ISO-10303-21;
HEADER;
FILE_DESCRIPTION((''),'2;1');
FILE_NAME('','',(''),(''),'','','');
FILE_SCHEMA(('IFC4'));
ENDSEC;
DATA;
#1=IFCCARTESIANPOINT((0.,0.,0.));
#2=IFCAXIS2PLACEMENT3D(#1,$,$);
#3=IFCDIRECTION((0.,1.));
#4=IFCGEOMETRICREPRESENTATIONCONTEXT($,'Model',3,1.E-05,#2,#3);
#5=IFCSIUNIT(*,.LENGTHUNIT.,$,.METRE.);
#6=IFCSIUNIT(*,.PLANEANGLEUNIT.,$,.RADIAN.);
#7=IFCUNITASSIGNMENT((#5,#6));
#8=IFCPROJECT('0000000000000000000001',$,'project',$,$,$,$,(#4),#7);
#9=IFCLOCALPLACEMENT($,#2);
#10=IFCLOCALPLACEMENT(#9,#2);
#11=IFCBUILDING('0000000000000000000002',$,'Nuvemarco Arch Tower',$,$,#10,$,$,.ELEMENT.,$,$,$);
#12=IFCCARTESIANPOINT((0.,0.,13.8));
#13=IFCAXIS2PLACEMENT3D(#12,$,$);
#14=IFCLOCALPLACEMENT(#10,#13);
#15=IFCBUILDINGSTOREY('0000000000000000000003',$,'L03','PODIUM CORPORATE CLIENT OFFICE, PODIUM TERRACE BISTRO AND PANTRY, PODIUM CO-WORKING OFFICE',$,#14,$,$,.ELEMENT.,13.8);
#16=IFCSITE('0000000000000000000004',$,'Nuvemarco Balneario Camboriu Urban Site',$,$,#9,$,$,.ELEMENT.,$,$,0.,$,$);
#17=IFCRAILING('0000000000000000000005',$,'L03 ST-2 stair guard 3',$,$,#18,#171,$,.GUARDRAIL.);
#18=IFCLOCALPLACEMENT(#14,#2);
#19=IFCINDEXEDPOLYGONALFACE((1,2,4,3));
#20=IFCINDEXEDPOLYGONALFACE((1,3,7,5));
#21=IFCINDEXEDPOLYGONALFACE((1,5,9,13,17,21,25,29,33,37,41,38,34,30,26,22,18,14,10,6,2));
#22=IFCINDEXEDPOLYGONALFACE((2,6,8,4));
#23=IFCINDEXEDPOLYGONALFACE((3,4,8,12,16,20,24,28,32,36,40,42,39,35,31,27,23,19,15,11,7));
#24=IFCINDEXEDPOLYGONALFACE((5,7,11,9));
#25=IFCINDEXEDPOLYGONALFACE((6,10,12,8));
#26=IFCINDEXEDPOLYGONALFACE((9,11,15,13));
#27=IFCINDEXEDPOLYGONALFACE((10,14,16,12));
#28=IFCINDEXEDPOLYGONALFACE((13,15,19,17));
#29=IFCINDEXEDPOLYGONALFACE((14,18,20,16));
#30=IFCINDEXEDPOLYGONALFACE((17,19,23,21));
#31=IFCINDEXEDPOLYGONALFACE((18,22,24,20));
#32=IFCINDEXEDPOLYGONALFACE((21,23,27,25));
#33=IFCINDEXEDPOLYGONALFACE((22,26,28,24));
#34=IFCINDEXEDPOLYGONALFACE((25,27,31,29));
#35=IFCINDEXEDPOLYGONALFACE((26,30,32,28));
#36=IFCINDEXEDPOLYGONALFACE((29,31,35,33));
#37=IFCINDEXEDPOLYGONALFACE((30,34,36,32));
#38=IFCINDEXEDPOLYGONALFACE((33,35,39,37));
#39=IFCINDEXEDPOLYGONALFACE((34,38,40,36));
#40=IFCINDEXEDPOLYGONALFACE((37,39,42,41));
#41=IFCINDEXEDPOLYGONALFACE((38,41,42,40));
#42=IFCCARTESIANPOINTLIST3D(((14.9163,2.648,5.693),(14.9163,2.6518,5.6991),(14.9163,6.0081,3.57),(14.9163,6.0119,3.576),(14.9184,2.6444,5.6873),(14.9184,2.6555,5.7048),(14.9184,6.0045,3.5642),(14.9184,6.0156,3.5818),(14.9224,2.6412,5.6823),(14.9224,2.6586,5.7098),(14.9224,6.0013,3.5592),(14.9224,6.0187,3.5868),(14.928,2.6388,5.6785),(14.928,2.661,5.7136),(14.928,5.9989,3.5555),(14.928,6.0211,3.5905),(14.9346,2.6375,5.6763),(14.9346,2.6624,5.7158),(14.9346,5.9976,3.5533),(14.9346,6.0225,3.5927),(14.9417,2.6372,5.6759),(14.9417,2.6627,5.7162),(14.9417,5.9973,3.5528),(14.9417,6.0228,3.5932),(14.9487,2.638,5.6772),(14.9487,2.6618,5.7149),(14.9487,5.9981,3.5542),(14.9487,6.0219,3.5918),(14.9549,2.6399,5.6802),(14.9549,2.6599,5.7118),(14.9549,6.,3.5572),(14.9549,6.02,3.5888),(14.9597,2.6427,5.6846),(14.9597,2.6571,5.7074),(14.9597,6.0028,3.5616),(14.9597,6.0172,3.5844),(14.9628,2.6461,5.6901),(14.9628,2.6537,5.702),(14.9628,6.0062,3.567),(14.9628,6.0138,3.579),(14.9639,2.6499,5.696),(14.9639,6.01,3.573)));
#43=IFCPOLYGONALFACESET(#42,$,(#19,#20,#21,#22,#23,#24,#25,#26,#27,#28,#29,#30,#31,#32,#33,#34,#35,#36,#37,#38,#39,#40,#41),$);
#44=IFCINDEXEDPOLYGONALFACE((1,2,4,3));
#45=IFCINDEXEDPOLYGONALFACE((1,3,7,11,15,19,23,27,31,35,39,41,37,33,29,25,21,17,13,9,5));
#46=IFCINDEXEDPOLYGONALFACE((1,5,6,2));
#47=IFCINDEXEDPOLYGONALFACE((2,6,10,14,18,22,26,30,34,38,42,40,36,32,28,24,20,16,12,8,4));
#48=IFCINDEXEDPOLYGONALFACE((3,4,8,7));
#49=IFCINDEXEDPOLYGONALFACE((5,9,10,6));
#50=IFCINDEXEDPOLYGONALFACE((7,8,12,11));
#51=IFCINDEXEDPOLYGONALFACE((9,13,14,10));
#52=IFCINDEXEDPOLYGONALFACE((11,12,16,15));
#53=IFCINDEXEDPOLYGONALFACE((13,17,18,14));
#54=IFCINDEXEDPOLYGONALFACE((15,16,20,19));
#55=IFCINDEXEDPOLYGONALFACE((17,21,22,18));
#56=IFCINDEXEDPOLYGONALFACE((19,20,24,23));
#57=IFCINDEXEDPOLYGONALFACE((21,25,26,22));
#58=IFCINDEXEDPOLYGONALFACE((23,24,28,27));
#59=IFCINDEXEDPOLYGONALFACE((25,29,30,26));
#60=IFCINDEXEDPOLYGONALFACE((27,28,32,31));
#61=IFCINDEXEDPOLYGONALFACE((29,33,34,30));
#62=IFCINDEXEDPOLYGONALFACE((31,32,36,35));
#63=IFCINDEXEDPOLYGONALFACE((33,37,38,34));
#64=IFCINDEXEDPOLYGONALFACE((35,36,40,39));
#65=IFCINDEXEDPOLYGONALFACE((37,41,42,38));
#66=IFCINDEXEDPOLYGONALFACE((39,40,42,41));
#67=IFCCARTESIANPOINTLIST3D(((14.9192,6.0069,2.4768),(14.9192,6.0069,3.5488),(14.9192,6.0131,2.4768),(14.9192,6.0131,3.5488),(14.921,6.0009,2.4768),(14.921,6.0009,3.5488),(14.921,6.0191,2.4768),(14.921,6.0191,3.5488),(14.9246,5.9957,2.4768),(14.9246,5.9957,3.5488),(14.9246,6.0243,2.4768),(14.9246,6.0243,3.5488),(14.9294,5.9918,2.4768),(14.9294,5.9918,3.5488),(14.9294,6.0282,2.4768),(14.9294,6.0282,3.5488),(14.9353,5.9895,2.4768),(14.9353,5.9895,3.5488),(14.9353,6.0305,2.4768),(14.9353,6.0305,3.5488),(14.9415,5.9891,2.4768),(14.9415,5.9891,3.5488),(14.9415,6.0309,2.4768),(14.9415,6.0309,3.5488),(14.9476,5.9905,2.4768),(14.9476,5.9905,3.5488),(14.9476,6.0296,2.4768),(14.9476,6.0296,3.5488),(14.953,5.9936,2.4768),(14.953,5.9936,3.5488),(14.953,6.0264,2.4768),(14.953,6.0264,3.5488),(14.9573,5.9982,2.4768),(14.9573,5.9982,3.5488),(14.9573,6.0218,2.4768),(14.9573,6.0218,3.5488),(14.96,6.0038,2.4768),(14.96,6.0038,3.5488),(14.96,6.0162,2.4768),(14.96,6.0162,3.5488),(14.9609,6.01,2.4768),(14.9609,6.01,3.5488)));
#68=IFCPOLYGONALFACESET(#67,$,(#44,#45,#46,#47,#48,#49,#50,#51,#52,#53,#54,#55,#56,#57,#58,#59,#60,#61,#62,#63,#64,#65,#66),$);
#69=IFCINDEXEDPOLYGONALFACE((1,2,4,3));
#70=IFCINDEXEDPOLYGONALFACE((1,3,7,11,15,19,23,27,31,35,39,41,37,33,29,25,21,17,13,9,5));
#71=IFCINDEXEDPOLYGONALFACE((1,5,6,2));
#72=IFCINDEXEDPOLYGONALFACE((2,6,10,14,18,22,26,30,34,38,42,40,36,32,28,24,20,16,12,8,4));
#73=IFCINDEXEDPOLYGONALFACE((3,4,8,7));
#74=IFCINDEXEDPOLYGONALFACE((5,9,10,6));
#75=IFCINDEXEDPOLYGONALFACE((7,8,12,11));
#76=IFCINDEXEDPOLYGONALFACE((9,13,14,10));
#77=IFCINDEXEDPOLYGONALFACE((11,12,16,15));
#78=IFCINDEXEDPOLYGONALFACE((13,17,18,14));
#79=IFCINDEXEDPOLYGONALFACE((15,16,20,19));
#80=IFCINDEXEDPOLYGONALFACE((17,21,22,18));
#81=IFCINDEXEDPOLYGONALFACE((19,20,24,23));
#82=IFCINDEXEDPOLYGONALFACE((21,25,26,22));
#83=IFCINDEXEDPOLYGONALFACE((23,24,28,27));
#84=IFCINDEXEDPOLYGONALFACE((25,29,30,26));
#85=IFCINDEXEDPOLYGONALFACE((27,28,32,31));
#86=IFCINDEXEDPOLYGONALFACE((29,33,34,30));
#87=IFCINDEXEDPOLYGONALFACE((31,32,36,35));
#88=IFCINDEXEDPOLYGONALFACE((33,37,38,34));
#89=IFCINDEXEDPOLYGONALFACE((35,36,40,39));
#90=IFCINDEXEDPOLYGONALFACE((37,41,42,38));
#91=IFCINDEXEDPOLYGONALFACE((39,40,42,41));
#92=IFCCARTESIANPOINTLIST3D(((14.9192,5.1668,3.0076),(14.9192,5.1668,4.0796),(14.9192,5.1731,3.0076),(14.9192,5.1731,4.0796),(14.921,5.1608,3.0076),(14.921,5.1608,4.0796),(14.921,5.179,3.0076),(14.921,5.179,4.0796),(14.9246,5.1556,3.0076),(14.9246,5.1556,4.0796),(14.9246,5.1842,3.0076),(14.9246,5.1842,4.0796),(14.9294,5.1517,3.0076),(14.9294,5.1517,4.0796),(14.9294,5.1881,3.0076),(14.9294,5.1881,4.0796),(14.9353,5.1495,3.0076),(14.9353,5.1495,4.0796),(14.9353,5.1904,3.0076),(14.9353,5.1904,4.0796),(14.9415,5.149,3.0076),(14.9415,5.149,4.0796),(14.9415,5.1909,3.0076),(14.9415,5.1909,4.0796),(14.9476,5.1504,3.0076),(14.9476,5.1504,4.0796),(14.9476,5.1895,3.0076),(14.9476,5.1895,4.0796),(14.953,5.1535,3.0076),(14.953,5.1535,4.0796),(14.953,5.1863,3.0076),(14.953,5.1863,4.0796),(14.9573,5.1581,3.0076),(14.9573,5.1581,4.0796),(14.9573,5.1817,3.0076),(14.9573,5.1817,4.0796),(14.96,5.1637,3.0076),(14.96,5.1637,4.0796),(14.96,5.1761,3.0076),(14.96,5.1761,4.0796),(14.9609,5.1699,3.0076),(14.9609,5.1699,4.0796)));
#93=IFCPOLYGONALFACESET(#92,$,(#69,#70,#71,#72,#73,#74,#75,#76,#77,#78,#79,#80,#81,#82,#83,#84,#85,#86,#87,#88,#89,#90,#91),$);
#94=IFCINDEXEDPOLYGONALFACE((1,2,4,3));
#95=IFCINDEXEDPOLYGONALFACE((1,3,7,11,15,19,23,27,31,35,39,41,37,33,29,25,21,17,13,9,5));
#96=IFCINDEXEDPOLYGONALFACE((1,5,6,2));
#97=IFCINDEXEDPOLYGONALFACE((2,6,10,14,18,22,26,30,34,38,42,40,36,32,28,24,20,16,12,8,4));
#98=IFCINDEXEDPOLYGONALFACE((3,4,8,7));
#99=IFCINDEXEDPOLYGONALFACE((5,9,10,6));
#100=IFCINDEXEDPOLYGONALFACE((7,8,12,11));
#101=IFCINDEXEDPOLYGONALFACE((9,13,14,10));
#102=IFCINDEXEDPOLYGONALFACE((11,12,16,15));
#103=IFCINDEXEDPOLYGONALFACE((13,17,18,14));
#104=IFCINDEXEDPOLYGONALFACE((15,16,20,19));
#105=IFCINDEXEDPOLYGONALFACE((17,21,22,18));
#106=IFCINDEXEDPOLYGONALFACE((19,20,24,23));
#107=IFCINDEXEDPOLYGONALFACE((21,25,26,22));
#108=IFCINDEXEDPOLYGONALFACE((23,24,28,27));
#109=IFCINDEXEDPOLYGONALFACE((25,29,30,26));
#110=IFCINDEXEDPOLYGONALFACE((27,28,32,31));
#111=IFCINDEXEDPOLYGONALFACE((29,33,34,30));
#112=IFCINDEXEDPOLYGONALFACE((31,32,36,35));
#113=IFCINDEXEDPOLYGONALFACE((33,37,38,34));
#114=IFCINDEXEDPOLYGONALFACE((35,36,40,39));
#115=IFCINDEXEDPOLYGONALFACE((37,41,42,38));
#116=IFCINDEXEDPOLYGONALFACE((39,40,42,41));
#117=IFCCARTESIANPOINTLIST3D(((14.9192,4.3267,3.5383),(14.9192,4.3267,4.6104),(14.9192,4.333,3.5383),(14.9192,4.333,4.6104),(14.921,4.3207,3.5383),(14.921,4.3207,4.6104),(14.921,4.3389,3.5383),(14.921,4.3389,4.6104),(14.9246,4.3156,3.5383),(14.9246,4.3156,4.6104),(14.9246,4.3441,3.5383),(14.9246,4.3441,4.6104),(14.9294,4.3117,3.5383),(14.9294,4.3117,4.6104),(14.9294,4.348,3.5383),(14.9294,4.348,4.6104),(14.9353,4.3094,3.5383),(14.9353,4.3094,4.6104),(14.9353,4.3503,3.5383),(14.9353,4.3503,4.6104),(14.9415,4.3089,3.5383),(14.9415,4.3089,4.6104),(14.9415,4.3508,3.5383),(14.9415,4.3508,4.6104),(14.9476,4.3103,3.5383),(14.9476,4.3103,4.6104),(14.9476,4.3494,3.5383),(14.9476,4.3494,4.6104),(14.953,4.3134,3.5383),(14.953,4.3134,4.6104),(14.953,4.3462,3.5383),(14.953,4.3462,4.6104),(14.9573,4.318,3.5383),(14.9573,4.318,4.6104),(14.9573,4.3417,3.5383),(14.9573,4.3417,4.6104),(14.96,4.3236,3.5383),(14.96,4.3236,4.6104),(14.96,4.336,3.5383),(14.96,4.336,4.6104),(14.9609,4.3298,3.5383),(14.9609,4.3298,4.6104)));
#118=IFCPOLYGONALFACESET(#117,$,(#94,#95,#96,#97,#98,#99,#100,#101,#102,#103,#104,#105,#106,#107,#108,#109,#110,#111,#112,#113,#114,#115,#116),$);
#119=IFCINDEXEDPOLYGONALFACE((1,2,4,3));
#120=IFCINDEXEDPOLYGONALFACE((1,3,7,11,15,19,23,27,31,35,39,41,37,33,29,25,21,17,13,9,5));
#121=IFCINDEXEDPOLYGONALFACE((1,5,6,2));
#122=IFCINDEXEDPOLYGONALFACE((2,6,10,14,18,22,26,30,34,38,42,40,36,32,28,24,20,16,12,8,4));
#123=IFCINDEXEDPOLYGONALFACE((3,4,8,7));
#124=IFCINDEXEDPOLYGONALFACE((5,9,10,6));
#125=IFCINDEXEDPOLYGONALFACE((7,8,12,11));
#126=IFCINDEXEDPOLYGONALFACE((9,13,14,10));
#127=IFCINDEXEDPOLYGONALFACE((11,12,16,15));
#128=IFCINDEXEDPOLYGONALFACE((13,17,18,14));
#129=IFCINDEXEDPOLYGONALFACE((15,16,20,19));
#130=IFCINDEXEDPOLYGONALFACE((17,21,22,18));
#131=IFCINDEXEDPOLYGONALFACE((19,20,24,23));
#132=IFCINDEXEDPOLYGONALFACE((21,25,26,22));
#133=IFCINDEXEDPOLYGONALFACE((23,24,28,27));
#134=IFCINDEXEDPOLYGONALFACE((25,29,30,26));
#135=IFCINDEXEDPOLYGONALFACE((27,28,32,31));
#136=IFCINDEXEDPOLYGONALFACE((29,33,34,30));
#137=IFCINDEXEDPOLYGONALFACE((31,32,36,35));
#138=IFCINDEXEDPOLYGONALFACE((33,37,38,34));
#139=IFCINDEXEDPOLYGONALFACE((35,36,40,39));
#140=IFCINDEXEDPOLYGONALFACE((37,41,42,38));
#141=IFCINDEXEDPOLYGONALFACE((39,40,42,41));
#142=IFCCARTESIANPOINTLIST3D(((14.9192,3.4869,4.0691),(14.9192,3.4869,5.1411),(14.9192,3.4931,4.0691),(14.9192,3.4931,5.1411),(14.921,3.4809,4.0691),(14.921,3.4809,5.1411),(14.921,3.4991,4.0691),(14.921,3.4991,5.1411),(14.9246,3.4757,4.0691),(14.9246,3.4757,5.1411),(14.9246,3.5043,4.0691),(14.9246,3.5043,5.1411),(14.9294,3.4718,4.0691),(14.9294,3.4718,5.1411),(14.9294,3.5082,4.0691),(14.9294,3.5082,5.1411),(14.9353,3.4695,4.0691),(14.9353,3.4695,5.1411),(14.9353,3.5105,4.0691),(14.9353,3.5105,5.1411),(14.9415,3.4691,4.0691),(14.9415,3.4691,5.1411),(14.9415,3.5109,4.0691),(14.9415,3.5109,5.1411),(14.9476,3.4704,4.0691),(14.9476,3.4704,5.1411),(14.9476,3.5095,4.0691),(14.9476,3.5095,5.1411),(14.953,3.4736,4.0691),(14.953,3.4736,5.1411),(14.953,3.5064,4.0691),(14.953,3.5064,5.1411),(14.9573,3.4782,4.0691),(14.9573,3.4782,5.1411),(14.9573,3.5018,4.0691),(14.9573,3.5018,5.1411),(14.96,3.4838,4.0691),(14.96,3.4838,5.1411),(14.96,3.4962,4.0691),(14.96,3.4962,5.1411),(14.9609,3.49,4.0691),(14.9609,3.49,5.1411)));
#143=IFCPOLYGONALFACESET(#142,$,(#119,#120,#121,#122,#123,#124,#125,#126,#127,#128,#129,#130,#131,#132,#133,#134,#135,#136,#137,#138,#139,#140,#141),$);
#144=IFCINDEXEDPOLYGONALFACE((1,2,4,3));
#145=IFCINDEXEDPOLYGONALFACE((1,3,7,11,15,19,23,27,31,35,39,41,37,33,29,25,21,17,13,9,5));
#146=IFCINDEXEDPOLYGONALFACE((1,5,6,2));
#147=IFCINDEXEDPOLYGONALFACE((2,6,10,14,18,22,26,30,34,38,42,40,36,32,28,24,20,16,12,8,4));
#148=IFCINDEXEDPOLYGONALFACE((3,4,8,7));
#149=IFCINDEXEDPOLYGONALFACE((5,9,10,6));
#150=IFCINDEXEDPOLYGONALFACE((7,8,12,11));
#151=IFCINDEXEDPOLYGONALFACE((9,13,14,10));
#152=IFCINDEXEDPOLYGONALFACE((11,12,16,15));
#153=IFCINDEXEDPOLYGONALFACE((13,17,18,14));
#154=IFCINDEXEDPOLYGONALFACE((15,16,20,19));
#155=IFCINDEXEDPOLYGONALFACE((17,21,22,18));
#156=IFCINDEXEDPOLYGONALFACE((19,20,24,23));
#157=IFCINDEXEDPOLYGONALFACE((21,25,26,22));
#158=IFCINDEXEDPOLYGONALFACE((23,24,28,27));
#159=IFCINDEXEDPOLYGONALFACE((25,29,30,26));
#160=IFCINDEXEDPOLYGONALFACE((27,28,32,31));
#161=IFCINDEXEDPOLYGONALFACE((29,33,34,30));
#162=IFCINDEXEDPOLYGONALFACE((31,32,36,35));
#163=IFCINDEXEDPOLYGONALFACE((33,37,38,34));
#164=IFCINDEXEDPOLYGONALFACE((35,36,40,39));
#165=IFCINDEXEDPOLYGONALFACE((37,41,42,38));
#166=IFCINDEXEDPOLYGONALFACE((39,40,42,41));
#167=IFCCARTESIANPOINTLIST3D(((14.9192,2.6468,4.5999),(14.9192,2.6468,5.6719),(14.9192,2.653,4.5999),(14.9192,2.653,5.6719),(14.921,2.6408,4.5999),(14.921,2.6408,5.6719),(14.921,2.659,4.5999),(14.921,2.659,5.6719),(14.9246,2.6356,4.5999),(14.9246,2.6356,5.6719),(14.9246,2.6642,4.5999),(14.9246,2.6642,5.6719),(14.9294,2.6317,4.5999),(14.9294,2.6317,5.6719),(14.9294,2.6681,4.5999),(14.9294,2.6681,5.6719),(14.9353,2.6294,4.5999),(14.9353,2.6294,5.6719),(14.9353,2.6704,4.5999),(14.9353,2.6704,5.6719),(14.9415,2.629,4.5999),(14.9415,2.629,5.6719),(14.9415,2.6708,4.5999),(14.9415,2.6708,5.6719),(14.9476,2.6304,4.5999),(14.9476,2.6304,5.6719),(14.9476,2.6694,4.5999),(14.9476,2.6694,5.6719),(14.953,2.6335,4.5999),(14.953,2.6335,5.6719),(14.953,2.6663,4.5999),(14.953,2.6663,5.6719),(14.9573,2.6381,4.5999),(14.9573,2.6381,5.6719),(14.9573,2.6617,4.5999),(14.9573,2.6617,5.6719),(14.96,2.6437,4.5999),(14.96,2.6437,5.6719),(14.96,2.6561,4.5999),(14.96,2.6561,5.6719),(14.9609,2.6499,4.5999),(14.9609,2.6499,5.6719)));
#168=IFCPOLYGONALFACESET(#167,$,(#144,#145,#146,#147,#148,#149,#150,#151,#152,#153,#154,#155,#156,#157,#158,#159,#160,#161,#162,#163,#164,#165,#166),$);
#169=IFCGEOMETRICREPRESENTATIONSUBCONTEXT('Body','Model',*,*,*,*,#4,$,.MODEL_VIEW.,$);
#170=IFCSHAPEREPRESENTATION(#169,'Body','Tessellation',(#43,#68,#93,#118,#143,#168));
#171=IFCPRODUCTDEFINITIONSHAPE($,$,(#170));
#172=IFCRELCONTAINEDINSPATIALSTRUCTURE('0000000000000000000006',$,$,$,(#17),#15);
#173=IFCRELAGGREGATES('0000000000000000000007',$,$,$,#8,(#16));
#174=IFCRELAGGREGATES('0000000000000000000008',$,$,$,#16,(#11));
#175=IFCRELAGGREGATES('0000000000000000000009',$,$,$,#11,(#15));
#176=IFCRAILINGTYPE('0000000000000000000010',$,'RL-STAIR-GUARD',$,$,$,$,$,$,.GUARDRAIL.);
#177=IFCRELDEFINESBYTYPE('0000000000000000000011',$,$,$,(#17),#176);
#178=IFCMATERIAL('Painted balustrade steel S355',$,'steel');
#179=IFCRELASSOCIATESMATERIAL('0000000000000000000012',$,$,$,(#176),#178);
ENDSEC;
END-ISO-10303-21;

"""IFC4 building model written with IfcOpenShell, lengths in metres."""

from ifc_helpers import new_model, si_unit, direction, frame, origin, origin_2d, place, context, subcontext, project, spatial, circle, extrude, material, type_object, element, save


model = new_model("IFC4")

# Units and contexts
model_context = context("Model", 3, precision=1e-05, world=origin(), true_north=direction((0.0, 1.0)))
body_context = subcontext(model_context, "Body", "Model", "MODEL_VIEW")
ifc_project = project(units=[si_unit("LENGTHUNIT", "METRE"), si_unit("PLANEANGLEUNIT", "RADIAN")], contexts=[model_context])

# Site, building, storey
site_placement = place(None, origin())
site = spatial("IfcSite", under=ifc_project, at=site_placement, Name="Nuvemarco Balneario Camboriu Urban Site", CompositionType="ELEMENT", RefElevation=0.0)
building_placement = place(site_placement, origin())
building = spatial("IfcBuilding", under=site, at=building_placement, Name="Nuvemarco Arch Tower", CompositionType="ELEMENT")
storey_placement = place(building_placement, frame((0.0, 0.0, 13.8)))
storey = spatial("IfcBuildingStorey", under=building, at=storey_placement, Name="L03", Description="PODIUM CORPORATE CLIENT OFFICE, PODIUM TERRACE BISTRO AND PANTRY, PODIUM CO-WORKING OFFICE", CompositionType="ELEMENT", Elevation=13.8)

# Railing
ifc_material_1 = material(Name="Painted balustrade steel S355", Category="steel")
railing_type_1 = type_object("IfcRailingType", Name="RL-STAIR-GUARD", PredefinedType="GUARDRAIL", material=ifc_material_1)
railing_1_placement = place(storey_placement, frame((14.9399, 6.01, 2.4768)))
element("IfcRailing", 1, at=railing_1_placement, inside=storey, type_object=railing_type_1, Name="L03 ST-2 stair guard 3", PredefinedType="GUARDRAIL", context=body_context, shape_type="SweptSolid", body=[
    extrude(circle(Radius=0.0239, at=origin_2d()), frame((0.0, 0.0, 1.0962), z_axis=(0.0, -0.84539, 0.53415), x_axis=(1.0, 0.0, 0.0)), (0.0, 0.0, 1.0), 3.9746),
    extrude(circle(Radius=0.021, at=origin_2d()), origin(), (0.0, 0.0, 1.0), 1.072),
    extrude(circle(Radius=0.021, at=origin_2d()), frame((0.0, -0.8401, 0.5308)), (0.0, 0.0, 1.0), 1.072),
    extrude(circle(Radius=0.021, at=origin_2d()), frame((0.0, -1.6802, 1.0615)), (0.0, 0.0, 1.0), 1.072),
    extrude(circle(Radius=0.021, at=origin_2d()), frame((0.0, -2.52, 1.5923)), (0.0, 0.0, 1.0), 1.072),
    extrude(circle(Radius=0.021, at=origin_2d()), frame((0.0, -3.3601, 2.123)), (0.0, 0.0, 1.0), 1.072),
])

save(model, "model.ifc")
